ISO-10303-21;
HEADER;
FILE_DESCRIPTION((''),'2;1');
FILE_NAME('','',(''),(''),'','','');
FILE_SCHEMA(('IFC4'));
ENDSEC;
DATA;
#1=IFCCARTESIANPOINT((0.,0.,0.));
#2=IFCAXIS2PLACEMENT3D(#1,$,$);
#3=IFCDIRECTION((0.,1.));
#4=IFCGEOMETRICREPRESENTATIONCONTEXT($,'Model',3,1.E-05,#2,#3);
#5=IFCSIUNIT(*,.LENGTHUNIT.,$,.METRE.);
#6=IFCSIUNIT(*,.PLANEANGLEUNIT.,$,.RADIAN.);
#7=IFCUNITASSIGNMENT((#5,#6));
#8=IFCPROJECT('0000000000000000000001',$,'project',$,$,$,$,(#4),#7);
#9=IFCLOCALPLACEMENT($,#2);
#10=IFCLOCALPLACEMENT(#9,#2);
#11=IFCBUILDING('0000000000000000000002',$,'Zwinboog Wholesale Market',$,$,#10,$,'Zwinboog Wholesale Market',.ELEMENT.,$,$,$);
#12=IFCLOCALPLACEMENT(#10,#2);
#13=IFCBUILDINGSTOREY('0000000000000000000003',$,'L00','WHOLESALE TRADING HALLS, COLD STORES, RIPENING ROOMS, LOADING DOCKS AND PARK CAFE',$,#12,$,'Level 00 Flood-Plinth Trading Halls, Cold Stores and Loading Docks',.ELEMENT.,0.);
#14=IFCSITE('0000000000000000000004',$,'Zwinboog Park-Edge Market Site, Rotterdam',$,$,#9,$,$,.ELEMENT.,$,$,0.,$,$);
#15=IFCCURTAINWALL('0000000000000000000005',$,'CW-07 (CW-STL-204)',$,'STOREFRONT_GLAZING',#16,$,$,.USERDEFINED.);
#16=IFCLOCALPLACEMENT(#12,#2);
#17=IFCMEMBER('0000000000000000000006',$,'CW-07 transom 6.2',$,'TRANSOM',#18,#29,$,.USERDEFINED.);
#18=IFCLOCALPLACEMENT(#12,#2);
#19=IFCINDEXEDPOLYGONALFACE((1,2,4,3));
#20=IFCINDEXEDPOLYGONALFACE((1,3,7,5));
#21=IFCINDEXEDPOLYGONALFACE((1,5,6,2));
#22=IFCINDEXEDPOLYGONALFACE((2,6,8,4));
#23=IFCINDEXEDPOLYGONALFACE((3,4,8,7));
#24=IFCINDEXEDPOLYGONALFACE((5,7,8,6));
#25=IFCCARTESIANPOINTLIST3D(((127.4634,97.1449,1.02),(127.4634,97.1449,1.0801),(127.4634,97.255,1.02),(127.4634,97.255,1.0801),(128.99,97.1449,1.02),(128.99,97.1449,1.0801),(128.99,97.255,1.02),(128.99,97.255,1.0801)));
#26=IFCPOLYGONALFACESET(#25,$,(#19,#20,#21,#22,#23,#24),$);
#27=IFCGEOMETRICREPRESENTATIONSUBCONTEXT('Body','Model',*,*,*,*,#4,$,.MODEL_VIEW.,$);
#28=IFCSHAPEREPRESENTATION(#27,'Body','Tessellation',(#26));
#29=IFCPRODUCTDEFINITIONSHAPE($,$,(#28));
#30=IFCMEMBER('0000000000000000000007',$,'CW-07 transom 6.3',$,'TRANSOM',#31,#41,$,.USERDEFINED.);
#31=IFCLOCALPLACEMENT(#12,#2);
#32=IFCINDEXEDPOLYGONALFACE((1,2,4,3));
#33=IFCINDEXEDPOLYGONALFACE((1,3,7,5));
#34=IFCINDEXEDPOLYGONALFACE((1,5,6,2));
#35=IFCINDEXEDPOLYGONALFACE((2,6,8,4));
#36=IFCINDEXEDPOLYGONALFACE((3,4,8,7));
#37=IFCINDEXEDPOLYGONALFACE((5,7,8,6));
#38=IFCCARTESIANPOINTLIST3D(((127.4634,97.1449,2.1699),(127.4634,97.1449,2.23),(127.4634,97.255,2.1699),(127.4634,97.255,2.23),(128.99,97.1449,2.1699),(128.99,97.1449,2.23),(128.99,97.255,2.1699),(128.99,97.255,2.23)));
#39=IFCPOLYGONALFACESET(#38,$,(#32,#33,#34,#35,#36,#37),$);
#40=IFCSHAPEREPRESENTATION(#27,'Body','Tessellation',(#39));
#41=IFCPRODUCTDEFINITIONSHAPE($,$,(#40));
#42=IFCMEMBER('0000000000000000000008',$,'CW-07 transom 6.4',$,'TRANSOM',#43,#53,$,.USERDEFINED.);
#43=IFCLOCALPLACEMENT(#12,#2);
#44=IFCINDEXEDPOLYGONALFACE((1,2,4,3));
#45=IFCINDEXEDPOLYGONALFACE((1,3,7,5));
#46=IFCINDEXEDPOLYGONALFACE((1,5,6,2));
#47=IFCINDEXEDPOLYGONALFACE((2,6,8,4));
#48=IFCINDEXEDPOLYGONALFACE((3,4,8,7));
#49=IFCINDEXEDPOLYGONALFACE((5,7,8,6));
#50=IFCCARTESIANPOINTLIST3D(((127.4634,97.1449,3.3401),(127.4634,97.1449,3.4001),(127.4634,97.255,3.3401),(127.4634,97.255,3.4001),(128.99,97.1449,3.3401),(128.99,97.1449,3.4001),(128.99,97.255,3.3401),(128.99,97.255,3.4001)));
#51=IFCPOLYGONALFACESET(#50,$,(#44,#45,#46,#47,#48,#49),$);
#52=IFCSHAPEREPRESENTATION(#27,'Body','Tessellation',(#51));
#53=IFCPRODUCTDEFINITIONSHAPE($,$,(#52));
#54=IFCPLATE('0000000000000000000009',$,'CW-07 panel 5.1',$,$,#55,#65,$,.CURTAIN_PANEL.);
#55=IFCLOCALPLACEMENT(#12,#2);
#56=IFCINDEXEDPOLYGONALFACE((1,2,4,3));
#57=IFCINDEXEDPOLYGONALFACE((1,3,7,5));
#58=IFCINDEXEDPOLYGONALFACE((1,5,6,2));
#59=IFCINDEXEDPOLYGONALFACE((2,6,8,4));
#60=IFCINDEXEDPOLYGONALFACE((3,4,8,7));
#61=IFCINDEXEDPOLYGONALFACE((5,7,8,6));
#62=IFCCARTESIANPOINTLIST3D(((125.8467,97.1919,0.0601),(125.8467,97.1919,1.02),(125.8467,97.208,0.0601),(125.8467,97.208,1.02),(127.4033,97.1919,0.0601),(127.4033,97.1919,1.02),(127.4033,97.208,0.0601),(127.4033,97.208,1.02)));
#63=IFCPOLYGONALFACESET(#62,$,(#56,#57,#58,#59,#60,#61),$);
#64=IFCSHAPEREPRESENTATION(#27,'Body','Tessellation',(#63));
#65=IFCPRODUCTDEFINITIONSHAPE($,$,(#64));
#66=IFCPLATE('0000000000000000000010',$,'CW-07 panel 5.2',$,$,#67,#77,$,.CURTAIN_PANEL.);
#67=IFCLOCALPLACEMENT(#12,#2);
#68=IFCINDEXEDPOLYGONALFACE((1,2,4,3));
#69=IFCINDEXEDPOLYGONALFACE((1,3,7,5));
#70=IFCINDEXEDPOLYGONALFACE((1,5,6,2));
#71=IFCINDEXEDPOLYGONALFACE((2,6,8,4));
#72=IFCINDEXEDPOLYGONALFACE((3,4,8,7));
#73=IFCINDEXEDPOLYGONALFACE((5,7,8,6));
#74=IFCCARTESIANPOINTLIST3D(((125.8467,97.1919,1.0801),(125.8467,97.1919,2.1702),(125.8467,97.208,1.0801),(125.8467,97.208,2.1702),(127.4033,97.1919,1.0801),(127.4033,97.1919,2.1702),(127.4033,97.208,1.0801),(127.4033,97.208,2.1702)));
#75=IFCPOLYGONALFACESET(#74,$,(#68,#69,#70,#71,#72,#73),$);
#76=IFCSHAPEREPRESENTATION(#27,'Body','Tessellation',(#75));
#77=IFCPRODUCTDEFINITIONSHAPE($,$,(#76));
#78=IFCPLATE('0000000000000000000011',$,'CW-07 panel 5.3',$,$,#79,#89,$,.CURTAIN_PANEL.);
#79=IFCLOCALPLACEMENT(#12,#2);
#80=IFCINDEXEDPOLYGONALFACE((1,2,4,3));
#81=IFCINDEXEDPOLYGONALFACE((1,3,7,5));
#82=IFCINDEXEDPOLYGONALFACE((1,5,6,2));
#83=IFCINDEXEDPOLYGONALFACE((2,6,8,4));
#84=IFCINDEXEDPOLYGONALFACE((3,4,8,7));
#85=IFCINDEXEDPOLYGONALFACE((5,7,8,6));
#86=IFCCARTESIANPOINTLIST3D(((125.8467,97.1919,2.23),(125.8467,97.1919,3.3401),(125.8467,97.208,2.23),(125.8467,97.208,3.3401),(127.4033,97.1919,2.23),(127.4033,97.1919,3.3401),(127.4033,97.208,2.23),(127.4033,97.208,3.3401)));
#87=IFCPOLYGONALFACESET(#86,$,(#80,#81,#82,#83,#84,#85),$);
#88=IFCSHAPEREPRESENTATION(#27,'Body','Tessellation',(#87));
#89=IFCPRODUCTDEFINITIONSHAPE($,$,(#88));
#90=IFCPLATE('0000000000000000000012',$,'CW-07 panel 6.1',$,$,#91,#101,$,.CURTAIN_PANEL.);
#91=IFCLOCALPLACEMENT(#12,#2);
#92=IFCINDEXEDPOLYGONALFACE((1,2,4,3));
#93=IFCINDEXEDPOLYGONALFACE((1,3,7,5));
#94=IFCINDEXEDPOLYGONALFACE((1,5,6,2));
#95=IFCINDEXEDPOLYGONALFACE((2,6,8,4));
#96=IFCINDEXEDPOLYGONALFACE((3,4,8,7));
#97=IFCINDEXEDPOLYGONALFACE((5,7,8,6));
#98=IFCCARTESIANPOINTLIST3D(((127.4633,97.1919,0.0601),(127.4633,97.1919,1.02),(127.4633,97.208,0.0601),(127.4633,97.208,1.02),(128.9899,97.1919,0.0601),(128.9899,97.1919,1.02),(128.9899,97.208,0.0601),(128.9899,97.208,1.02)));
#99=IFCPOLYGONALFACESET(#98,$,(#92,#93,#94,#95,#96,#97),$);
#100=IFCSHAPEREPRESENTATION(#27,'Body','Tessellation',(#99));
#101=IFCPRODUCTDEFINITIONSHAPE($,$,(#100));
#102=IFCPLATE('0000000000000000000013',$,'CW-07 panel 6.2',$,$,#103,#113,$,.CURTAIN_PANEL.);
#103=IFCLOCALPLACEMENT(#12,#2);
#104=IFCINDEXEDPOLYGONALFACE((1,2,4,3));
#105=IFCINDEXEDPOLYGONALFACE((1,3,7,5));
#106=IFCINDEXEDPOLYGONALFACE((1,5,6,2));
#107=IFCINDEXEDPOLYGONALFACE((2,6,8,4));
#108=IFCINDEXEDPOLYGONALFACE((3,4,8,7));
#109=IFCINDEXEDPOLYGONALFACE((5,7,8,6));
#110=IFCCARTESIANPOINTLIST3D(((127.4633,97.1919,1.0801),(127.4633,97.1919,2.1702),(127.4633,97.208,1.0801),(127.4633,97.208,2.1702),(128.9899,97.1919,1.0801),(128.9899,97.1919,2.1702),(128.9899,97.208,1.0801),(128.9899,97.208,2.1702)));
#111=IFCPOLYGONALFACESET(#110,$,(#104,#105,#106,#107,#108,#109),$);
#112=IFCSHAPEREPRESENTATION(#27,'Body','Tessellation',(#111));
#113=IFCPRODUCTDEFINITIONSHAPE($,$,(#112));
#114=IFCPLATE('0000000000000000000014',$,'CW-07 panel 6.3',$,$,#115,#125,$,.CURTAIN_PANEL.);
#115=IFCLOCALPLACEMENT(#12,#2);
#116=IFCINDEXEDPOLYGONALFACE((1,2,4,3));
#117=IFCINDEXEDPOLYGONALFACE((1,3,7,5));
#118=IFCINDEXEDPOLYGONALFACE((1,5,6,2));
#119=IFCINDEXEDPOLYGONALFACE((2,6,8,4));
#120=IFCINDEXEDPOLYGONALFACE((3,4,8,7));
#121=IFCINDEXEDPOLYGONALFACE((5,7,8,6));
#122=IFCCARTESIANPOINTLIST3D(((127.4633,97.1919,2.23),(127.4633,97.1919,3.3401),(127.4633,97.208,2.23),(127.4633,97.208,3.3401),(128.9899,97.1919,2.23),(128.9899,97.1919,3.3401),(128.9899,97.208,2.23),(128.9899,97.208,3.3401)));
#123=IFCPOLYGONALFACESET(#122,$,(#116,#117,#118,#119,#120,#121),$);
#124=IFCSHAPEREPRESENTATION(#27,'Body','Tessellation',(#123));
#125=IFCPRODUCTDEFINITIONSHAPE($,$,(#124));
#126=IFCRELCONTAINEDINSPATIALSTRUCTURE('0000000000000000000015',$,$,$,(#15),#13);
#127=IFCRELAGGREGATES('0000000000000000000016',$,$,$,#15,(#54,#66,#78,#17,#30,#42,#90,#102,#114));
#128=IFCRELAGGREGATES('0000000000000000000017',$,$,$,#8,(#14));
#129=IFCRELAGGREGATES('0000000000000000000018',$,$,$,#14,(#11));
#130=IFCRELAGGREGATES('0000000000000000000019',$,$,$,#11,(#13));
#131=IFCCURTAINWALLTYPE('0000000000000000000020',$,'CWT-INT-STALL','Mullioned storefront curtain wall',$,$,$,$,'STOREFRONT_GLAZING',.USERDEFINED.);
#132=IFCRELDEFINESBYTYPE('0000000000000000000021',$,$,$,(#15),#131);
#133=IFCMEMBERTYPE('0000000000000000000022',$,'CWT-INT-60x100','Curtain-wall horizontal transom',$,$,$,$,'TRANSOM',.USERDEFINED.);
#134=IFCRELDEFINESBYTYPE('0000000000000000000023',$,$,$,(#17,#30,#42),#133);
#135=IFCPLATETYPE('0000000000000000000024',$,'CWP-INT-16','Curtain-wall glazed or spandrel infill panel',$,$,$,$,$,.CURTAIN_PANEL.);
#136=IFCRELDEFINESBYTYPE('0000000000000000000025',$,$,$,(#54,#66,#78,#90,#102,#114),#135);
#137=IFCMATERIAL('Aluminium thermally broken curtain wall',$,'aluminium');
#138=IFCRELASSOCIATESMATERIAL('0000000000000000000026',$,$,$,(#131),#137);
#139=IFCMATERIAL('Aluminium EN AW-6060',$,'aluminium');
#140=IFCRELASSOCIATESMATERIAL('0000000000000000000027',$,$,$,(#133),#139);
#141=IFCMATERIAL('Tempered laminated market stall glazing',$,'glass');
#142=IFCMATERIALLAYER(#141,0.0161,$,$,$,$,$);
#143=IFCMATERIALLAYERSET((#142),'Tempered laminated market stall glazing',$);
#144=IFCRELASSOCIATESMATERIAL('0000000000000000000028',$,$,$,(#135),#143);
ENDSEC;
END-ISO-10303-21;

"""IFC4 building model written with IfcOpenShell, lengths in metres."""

from ifc_helpers import new_model, si_unit, direction, frame, origin, origin_2d, place, context, subcontext, project, spatial, rectangle, extrude, material, layer, layer_set, material_profile, profile_set, type_object, element, aggregate, save


model = new_model("IFC4")

# Units and contexts
model_context = context("Model", 3, precision=1e-05, world=origin(), true_north=direction((0.0, 1.0)))
body_context = subcontext(model_context, "Body", "Model", "MODEL_VIEW")
ifc_project = project(units=[si_unit("LENGTHUNIT", "METRE"), si_unit("PLANEANGLEUNIT", "RADIAN")], contexts=[model_context])

# Site, building, storey
site_placement = place(None, origin())
site = spatial("IfcSite", under=ifc_project, at=site_placement, Name="Zwinboog Park-Edge Market Site, Rotterdam", CompositionType="ELEMENT", RefElevation=0.0)
building_placement = place(site_placement, origin())
building = spatial("IfcBuilding", under=site, at=building_placement, Name="Zwinboog Wholesale Market", LongName="Zwinboog Wholesale Market", CompositionType="ELEMENT")
storey_placement = place(building_placement, origin())
storey = spatial("IfcBuildingStorey", under=building, at=storey_placement, Name="L00", Description="WHOLESALE TRADING HALLS, COLD STORES, RIPENING ROOMS, LOADING DOCKS AND PARK CAFE", LongName="Level 00 Flood-Plinth Trading Halls, Cold Stores and Loading Docks", CompositionType="ELEMENT", Elevation=0.0)

# Curtain wall, members, plates
ifc_material_1 = material(Name="Aluminium thermally broken curtain wall", Category="aluminium")
curtain_wall_type = type_object("IfcCurtainWallType", Name="CWT-INT-STALL", Description="Mullioned storefront curtain wall", ElementType="STOREFRONT_GLAZING", PredefinedType="USERDEFINED", material=ifc_material_1)
curtain_wall_placement = place(storey_placement, origin())
curtain_wall = element("IfcCurtainWall", 1, at=curtain_wall_placement, inside=storey, type_object=curtain_wall_type, Name="CW-07 (CW-STL-204)", ObjectType="STOREFRONT_GLAZING", PredefinedType="USERDEFINED")
ifc_material_2 = material(Name="Aluminium EN AW-6060", Category="aluminium")
ifc_material_profile_1 = material_profile(ifc_material_2, rectangle(XDim=0.1101, YDim=0.0601, at=origin_2d()), Name="AL 60x110")
ifc_profile_set_1 = profile_set([ifc_material_profile_1], Name="Aluminium EN AW-6060")
member_type_1 = type_object("IfcMemberType", Name="CWT-INT-60x100", Description="Curtain-wall horizontal transom", ElementType="TRANSOM", PredefinedType="USERDEFINED", material=ifc_profile_set_1)
member_1_placement = place(storey_placement, frame((127.4634, 97.2, 1.05), z_axis=(1.0, 0.0, 0.0), x_axis=(0.0, 1.0, 0.0)))
member_1 = element("IfcMember", 2, at=member_1_placement, type_object=member_type_1, Name="CW-07 transom 6.2", ObjectType="TRANSOM", PredefinedType="USERDEFINED", context=body_context, shape_type="SweptSolid", body=[
    extrude(rectangle(XDim=0.1101, YDim=0.0601, at=origin_2d()), origin(), (0.0, 0.0, 1.0), 1.5266),
])
member_2_placement = place(storey_placement, frame((127.4634, 97.2, 2.2), z_axis=(1.0, 0.0, 0.0), x_axis=(0.0, 1.0, 0.0)))
member_2 = element("IfcMember", 3, at=member_2_placement, type_object=member_type_1, Name="CW-07 transom 6.3", ObjectType="TRANSOM", PredefinedType="USERDEFINED", context=body_context, shape_type="SweptSolid", body=[
    extrude(rectangle(XDim=0.1101, YDim=0.0601, at=origin_2d()), origin(), (0.0, 0.0, 1.0), 1.5266),
])
member_3_placement = place(storey_placement, frame((127.4634, 97.2, 3.3701), z_axis=(1.0, 0.0, 0.0), x_axis=(0.0, 1.0, 0.0)))
member_3 = element("IfcMember", 4, at=member_3_placement, type_object=member_type_1, Name="CW-07 transom 6.4", ObjectType="TRANSOM", PredefinedType="USERDEFINED", context=body_context, shape_type="SweptSolid", body=[
    extrude(rectangle(XDim=0.1101, YDim=0.0601, at=origin_2d()), origin(), (0.0, 0.0, 1.0), 1.5266),
])
ifc_material_3 = material(Name="Tempered laminated market stall glazing", Category="glass")
ifc_layer = layer(ifc_material_3, 0.0161)
ifc_layer_set = layer_set([ifc_layer], Name="Tempered laminated market stall glazing")
plate_type = type_object("IfcPlateType", Name="CWP-INT-16", Description="Curtain-wall glazed or spandrel infill panel", PredefinedType="CURTAIN_PANEL", material=ifc_layer_set)
plate_1_placement = place(storey_placement, frame((126.625, 97.2, 0.0601), z_axis=(0.0, 0.0, 1.0), x_axis=(1.0, 0.0, 0.0)))
plate_1 = element("IfcPlate", 5, at=plate_1_placement, type_object=plate_type, Name="CW-07 panel 5.1", PredefinedType="CURTAIN_PANEL", context=body_context, shape_type="SweptSolid", body=[
    extrude(rectangle(XDim=1.5566, YDim=0.0161, at=origin_2d()), origin(), (0.0, 0.0, 1.0), 0.96),
])
plate_2_placement = place(storey_placement, frame((126.625, 97.2, 1.0801), z_axis=(0.0, 0.0, 1.0), x_axis=(1.0, 0.0, 0.0)))
plate_2 = element("IfcPlate", 6, at=plate_2_placement, type_object=plate_type, Name="CW-07 panel 5.2", PredefinedType="CURTAIN_PANEL", context=body_context, shape_type="SweptSolid", body=[
    extrude(rectangle(XDim=1.5566, YDim=0.0161, at=origin_2d()), origin(), (0.0, 0.0, 1.0), 1.0901),
])
plate_3_placement = place(storey_placement, frame((126.625, 97.2, 2.23), z_axis=(0.0, 0.0, 1.0), x_axis=(1.0, 0.0, 0.0)))
plate_3 = element("IfcPlate", 7, at=plate_3_placement, type_object=plate_type, Name="CW-07 panel 5.3", PredefinedType="CURTAIN_PANEL", context=body_context, shape_type="SweptSolid", body=[
    extrude(rectangle(XDim=1.5566, YDim=0.0161, at=origin_2d()), origin(), (0.0, 0.0, 1.0), 1.1101),
])
plate_4_placement = place(storey_placement, frame((128.2266, 97.2, 0.0601), z_axis=(0.0, 0.0, 1.0), x_axis=(1.0, 0.0, 0.0)))
plate_4 = element("IfcPlate", 8, at=plate_4_placement, type_object=plate_type, Name="CW-07 panel 6.1", PredefinedType="CURTAIN_PANEL", context=body_context, shape_type="SweptSolid", body=[
    extrude(rectangle(XDim=1.5266, YDim=0.0161, at=origin_2d()), origin(), (0.0, 0.0, 1.0), 0.96),
])
plate_5_placement = place(storey_placement, frame((128.2266, 97.2, 1.0801), z_axis=(0.0, 0.0, 1.0), x_axis=(1.0, 0.0, 0.0)))
plate_5 = element("IfcPlate", 9, at=plate_5_placement, type_object=plate_type, Name="CW-07 panel 6.2", PredefinedType="CURTAIN_PANEL", context=body_context, shape_type="SweptSolid", body=[
    extrude(rectangle(XDim=1.5266, YDim=0.0161, at=origin_2d()), origin(), (0.0, 0.0, 1.0), 1.0901),
])
plate_6_placement = place(storey_placement, frame((128.2266, 97.2, 2.23), z_axis=(0.0, 0.0, 1.0), x_axis=(1.0, 0.0, 0.0)))
plate_6 = element("IfcPlate", 10, at=plate_6_placement, type_object=plate_type, Name="CW-07 panel 6.3", PredefinedType="CURTAIN_PANEL", context=body_context, shape_type="SweptSolid", body=[
    extrude(rectangle(XDim=1.5266, YDim=0.0161, at=origin_2d()), origin(), (0.0, 0.0, 1.0), 1.1101),
])
aggregate(curtain_wall, [plate_1, plate_2, plate_3, member_1, member_2, member_3, plate_4, plate_5, plate_6])

save(model, "model.ifc")
